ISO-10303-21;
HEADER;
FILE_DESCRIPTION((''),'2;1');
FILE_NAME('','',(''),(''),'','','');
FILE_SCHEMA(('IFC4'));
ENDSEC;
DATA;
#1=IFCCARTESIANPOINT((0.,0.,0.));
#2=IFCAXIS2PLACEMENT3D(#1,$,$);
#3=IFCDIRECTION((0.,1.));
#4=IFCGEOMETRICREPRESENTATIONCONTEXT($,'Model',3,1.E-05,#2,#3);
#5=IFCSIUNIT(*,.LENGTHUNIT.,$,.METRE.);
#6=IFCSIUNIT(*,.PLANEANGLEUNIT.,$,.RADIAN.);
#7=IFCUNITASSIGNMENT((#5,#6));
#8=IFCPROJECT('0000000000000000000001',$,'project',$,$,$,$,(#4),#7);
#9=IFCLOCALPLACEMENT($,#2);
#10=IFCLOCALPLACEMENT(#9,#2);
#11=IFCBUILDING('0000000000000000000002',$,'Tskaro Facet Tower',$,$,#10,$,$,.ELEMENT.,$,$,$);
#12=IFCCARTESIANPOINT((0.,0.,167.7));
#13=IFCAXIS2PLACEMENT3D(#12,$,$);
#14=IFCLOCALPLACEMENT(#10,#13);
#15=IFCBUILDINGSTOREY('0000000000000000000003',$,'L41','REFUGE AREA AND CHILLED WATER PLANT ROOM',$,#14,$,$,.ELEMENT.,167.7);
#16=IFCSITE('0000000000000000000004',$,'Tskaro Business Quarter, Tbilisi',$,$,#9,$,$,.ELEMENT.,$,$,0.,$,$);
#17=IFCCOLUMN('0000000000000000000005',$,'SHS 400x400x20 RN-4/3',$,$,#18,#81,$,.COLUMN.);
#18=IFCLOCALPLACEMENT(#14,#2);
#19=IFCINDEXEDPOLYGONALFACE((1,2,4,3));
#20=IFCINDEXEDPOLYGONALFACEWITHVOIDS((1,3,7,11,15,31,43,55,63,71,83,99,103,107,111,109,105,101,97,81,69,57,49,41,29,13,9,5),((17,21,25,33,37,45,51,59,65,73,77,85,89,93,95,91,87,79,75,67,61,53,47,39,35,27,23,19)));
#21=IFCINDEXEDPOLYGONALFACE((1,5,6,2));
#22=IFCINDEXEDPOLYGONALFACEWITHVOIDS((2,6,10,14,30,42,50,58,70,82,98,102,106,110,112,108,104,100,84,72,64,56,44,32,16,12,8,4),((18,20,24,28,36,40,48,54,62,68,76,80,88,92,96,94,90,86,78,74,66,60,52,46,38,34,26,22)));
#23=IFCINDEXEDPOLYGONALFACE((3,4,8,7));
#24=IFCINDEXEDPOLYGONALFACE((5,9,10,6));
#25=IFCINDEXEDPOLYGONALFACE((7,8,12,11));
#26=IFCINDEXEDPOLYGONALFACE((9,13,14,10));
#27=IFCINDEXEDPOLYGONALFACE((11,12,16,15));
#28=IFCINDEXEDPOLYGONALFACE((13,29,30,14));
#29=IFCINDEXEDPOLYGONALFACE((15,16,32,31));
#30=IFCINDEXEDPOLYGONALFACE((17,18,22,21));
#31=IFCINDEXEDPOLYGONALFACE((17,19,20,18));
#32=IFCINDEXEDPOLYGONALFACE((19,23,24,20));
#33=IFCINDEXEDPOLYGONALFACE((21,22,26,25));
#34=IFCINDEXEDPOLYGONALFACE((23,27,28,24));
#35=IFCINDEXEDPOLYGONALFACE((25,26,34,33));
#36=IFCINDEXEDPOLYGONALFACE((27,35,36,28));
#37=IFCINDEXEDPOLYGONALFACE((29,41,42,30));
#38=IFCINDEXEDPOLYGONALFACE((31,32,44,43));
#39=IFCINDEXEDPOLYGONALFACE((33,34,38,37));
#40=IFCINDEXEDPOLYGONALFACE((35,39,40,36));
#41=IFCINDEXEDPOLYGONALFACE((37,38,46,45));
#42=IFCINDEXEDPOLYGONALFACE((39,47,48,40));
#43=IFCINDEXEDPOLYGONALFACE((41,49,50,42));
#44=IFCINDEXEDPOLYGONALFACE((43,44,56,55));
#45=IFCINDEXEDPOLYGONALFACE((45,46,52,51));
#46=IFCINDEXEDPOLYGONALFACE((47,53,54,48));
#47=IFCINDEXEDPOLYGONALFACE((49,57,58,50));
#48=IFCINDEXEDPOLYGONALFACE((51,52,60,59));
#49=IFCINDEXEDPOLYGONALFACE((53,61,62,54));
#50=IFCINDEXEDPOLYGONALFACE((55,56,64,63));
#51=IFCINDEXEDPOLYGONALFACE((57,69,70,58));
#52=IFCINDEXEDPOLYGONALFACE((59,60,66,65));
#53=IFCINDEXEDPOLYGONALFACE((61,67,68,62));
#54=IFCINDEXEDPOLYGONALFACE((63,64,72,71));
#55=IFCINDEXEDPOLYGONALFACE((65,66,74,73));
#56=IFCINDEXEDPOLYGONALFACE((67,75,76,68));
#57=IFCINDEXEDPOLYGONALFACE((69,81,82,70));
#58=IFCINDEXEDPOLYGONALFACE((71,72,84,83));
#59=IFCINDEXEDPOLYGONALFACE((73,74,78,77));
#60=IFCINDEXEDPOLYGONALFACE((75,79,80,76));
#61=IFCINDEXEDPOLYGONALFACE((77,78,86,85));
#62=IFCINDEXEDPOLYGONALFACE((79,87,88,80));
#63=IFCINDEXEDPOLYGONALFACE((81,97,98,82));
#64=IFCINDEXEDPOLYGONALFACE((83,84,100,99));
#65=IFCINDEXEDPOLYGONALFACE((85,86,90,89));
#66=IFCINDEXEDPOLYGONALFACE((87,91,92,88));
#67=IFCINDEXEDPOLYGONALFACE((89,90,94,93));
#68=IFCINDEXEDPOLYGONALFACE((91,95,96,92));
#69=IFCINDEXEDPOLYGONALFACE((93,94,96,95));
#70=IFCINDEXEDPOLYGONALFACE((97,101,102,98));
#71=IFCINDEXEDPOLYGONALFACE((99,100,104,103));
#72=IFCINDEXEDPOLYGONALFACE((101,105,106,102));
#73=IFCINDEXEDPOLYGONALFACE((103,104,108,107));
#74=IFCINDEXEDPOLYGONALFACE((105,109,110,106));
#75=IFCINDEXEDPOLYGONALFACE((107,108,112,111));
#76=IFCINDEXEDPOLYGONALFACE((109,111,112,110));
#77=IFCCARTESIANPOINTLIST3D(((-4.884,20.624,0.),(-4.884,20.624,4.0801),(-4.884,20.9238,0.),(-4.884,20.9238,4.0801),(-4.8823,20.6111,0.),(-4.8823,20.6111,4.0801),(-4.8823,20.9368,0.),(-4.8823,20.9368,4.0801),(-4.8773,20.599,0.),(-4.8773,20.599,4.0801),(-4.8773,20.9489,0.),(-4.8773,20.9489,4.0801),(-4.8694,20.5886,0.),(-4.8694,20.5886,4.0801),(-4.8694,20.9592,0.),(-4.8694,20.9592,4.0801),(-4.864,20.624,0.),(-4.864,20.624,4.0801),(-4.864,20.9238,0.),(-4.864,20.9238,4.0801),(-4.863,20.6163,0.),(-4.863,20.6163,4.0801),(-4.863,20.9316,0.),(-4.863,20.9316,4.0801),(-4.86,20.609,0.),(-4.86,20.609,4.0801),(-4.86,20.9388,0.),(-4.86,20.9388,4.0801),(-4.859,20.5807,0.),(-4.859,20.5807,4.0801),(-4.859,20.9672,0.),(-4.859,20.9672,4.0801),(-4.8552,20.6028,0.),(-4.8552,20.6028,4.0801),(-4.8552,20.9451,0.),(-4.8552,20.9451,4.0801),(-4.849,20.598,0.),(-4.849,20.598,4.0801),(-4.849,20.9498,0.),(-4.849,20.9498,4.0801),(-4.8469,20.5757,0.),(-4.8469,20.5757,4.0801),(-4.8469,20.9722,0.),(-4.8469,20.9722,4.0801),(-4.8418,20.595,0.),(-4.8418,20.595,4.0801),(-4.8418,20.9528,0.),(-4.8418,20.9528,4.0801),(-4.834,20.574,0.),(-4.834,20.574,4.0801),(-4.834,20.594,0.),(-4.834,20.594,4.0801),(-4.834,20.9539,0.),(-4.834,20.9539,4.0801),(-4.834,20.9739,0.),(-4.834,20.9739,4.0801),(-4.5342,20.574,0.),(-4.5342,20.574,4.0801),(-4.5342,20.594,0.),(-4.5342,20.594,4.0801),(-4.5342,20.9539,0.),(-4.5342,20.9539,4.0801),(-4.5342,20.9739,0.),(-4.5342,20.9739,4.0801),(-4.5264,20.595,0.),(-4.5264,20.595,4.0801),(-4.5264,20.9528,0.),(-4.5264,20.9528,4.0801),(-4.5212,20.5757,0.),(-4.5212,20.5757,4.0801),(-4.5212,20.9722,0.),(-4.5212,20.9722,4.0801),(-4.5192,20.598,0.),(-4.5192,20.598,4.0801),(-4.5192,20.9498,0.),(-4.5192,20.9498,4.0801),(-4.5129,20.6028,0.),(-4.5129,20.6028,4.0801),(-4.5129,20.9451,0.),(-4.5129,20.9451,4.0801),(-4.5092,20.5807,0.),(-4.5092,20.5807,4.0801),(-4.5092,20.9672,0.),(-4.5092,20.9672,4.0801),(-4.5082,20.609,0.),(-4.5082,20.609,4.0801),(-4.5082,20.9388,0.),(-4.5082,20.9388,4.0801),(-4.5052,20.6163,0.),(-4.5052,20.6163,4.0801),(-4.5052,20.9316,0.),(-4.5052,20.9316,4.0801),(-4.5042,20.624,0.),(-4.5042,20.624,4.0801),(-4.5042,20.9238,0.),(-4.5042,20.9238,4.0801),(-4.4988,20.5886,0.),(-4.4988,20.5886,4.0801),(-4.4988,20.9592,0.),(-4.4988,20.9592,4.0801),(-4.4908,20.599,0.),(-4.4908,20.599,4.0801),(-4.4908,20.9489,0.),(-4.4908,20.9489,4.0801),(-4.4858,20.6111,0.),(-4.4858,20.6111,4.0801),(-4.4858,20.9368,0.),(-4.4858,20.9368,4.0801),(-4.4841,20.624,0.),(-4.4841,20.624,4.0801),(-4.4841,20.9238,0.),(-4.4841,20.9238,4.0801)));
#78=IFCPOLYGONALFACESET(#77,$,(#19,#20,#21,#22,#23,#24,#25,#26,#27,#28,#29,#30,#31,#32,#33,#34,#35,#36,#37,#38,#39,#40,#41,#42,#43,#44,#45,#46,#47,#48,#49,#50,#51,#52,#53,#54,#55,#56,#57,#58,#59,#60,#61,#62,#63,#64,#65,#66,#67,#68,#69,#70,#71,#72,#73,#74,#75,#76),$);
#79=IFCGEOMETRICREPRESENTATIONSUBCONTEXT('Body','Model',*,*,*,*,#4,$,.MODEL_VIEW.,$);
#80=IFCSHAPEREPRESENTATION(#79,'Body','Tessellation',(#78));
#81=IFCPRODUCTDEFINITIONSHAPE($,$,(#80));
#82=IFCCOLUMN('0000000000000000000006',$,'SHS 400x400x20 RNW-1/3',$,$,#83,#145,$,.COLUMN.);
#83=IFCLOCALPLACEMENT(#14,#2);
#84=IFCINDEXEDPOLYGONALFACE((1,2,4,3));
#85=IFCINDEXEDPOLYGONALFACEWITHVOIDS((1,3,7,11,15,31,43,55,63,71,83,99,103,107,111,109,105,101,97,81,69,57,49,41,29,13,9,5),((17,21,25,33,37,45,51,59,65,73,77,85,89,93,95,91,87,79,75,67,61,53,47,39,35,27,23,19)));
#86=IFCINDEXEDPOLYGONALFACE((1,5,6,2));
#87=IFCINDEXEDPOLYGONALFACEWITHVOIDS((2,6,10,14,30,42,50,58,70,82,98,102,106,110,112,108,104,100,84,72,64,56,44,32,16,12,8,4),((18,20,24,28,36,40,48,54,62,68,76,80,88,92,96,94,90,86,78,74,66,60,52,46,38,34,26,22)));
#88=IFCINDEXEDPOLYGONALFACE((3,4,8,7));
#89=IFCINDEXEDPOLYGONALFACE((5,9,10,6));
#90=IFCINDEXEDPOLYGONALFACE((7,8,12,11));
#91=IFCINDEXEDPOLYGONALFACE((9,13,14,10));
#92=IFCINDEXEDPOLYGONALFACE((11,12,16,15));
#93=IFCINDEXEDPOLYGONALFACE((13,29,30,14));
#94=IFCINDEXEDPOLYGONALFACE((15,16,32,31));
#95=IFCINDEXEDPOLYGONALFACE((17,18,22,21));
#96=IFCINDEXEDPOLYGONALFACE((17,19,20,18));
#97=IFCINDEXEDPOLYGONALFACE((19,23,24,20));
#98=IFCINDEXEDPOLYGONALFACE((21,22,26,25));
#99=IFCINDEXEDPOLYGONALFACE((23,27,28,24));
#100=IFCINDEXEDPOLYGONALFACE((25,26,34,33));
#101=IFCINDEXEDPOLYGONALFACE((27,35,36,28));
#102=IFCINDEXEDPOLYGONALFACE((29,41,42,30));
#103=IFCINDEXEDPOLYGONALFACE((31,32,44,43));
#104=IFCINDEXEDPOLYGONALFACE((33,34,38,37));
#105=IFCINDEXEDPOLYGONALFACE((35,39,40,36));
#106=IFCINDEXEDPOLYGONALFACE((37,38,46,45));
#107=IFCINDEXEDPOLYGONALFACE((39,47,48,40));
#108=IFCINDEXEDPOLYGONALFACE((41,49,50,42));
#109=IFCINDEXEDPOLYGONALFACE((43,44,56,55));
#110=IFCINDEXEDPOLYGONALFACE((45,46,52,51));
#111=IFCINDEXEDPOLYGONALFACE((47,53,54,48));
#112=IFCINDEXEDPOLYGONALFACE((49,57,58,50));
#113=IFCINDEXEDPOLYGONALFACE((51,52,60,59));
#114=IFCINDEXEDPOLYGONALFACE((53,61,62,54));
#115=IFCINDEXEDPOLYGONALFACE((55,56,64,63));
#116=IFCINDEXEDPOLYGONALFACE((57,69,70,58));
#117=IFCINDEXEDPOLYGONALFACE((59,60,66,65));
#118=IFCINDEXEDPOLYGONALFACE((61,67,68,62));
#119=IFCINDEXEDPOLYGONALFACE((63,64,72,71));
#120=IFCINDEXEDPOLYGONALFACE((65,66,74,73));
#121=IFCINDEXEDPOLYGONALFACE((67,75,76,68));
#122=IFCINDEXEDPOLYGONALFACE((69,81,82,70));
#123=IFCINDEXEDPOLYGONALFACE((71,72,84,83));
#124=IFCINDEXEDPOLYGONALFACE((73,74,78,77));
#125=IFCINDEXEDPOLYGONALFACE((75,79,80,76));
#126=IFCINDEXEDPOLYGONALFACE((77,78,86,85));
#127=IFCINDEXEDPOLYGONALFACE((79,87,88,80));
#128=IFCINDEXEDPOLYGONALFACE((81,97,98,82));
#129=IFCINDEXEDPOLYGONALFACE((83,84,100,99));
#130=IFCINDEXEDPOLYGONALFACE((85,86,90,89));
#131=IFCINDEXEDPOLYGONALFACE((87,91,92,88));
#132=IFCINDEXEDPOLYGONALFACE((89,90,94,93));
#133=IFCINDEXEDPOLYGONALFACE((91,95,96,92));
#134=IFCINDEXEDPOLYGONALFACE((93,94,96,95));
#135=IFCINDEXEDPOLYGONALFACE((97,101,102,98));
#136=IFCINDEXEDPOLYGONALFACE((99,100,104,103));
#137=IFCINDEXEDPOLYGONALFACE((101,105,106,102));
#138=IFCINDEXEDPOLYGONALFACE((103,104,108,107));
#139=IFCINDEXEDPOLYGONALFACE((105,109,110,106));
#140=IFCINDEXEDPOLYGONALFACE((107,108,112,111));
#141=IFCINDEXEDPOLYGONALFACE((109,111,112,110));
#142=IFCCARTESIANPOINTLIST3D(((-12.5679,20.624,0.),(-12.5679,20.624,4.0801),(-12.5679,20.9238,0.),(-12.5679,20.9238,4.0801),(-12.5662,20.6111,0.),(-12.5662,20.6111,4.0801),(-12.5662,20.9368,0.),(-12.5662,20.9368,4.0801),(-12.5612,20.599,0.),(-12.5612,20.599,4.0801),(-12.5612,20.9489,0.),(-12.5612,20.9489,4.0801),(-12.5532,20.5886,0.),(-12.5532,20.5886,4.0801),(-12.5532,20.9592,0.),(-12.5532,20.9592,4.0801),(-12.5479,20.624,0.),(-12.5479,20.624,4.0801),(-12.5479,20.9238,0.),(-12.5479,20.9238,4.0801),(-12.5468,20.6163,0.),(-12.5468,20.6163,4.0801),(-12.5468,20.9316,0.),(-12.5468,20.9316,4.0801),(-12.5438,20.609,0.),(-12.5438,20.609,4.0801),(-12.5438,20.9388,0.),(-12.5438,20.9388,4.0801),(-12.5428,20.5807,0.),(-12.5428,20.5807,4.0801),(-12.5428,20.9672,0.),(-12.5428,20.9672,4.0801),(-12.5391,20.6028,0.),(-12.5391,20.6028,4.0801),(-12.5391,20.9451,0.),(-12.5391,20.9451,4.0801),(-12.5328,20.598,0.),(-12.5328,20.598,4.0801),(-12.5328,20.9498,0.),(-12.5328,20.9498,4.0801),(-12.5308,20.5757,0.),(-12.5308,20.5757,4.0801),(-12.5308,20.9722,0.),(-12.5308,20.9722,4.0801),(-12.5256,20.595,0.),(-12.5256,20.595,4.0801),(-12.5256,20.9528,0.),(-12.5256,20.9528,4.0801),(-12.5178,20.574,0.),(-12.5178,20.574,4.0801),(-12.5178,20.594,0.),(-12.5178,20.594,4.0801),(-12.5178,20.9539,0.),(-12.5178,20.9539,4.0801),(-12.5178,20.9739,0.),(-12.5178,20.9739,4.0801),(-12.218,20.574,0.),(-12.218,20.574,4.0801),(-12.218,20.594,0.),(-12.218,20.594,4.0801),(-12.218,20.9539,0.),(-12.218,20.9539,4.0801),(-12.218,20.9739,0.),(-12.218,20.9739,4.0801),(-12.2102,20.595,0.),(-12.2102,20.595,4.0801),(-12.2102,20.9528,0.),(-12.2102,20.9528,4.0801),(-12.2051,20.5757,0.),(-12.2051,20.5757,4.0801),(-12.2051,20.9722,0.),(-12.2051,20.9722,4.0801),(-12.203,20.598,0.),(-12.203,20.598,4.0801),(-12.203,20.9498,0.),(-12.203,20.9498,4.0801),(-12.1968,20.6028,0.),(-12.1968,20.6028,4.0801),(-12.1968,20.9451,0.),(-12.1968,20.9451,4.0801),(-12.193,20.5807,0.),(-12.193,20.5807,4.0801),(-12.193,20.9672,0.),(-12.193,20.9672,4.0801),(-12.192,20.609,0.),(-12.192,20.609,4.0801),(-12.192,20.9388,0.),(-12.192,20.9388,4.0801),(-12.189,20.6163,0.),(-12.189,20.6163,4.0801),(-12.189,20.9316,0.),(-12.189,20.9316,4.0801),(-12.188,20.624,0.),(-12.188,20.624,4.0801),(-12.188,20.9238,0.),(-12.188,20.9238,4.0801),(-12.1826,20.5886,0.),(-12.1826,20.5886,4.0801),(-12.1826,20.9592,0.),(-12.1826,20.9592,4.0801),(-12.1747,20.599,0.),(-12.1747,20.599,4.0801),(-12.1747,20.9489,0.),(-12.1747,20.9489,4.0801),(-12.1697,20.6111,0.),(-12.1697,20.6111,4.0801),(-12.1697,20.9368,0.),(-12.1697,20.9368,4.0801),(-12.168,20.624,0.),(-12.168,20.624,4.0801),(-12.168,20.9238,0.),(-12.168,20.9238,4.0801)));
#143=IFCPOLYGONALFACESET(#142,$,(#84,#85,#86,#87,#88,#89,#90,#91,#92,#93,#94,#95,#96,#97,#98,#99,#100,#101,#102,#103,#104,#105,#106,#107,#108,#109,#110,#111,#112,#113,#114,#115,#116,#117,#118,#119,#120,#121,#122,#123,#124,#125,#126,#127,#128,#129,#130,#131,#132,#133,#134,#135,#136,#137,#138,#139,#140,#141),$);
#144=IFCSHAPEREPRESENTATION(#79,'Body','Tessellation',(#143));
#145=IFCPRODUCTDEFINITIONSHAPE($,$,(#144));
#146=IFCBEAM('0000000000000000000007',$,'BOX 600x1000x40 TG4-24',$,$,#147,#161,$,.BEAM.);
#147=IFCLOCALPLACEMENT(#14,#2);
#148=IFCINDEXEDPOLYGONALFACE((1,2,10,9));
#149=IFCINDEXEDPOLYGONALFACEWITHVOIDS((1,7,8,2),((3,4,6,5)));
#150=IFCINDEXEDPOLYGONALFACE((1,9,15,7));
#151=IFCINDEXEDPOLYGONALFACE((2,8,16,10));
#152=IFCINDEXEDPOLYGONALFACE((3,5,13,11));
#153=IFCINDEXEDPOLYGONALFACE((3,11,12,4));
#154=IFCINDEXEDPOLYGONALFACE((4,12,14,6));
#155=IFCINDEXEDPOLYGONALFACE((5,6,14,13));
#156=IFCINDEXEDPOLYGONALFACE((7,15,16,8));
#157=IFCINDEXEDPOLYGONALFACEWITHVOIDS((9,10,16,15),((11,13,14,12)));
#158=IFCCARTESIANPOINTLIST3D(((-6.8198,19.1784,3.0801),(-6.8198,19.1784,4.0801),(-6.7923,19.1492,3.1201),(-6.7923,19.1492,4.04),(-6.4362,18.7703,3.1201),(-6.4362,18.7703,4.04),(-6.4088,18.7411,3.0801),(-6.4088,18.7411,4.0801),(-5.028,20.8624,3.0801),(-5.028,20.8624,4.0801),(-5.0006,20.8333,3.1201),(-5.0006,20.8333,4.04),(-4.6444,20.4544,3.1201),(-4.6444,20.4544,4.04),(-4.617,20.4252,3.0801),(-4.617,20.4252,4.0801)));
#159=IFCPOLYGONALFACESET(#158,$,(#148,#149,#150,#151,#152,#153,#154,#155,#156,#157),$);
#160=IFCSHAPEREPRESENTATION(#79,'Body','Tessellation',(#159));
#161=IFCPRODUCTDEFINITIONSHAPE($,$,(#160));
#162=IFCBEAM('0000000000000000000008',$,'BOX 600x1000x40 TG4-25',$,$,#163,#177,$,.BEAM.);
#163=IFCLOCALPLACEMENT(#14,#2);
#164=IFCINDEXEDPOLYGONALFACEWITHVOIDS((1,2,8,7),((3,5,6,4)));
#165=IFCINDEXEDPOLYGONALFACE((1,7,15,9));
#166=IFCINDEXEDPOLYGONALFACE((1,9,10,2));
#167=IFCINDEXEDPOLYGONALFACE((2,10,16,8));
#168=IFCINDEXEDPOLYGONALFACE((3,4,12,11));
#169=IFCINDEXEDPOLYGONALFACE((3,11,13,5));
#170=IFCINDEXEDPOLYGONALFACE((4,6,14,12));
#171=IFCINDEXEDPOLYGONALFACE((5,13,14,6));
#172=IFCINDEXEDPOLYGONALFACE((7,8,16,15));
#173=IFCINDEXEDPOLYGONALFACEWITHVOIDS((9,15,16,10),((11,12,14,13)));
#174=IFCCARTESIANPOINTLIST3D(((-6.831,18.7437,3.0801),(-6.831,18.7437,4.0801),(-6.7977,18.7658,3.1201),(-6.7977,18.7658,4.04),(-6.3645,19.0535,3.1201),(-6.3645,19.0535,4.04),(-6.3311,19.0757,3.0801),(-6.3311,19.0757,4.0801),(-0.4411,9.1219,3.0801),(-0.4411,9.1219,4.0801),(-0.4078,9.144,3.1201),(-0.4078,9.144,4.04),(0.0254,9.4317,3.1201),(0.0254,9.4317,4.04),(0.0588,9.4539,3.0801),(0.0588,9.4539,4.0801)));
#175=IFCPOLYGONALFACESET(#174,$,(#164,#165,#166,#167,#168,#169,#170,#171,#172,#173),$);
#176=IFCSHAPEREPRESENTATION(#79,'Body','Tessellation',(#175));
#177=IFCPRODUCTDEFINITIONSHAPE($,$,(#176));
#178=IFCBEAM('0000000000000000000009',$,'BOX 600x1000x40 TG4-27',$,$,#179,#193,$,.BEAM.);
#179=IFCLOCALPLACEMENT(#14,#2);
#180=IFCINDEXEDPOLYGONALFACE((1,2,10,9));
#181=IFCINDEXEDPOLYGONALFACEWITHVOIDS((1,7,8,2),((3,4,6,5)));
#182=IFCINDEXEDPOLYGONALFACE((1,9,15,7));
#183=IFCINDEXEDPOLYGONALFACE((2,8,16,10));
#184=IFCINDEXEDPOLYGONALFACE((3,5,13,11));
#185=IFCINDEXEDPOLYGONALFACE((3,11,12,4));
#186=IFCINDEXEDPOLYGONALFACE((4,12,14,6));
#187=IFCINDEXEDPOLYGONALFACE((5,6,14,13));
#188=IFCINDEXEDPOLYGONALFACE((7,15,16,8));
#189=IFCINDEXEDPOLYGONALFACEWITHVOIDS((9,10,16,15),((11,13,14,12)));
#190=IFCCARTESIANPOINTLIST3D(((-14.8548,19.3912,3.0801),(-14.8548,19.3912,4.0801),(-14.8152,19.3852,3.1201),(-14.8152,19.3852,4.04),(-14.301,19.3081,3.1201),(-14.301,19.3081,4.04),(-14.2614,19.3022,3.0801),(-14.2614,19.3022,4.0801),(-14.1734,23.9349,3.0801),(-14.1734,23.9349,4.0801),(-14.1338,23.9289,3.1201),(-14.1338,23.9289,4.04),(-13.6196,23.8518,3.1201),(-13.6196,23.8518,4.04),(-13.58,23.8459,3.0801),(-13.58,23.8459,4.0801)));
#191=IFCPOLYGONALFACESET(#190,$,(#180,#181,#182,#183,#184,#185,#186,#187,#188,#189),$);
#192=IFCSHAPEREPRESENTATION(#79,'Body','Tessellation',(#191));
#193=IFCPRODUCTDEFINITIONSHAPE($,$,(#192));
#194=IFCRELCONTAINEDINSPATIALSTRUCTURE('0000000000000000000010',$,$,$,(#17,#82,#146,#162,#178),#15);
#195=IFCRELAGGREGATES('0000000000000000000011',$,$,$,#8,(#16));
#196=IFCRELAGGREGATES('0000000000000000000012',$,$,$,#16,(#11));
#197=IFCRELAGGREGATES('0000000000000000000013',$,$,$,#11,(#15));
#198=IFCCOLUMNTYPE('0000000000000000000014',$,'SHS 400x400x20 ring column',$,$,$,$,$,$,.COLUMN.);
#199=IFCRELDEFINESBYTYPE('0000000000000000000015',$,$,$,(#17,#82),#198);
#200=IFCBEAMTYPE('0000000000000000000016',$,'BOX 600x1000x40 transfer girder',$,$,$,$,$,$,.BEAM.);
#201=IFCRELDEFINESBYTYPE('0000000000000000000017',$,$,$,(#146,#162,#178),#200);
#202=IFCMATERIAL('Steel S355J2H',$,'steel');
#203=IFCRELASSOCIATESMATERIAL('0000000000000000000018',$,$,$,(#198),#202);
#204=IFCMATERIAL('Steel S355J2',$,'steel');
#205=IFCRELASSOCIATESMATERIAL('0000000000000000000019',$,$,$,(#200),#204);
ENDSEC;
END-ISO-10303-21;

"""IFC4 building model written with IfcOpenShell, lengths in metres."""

from ifc_helpers import new_model, si_unit, direction, frame, origin, origin_2d, place, context, subcontext, project, spatial, hollow_rectangle, extrude, material, material_profile, profile_set, type_object, element, save


model = new_model("IFC4")

# Units and contexts
model_context = context("Model", 3, precision=1e-05, world=origin(), true_north=direction((0.0, 1.0)))
body_context = subcontext(model_context, "Body", "Model", "MODEL_VIEW")
ifc_project = project(units=[si_unit("LENGTHUNIT", "METRE"), si_unit("PLANEANGLEUNIT", "RADIAN")], contexts=[model_context])

# Site, building, storey
site_placement = place(None, origin())
site = spatial("IfcSite", under=ifc_project, at=site_placement, Name="Tskaro Business Quarter, Tbilisi", CompositionType="ELEMENT", RefElevation=0.0)
building_placement = place(site_placement, origin())
building = spatial("IfcBuilding", under=site, at=building_placement, Name="Tskaro Facet Tower", CompositionType="ELEMENT")
storey_placement = place(building_placement, frame((0.0, 0.0, 167.7)))
storey = spatial("IfcBuildingStorey", under=building, at=storey_placement, Name="L41", Description="REFUGE AREA AND CHILLED WATER PLANT ROOM", CompositionType="ELEMENT", Elevation=167.7)

# Columns
ifc_material_1 = material(Name="Steel S355J2H", Category="steel")
ifc_material_profile_1 = material_profile(ifc_material_1, hollow_rectangle(XDim=0.3999, YDim=0.3999, WallThickness=0.02, InnerFilletRadius=0.03, OuterFilletRadius=0.05, at=origin_2d()), Name="SHS 400x400x20")
ifc_profile_set_1 = profile_set([ifc_material_profile_1], Name="Steel S355J2H")
column_type_1 = type_object("IfcColumnType", Name="SHS 400x400x20 ring column", PredefinedType="COLUMN", material=ifc_profile_set_1)
for number, where, z_axis, x_axis, name in (
    (1, (-4.6841, 20.7739, 0.0), (0.0, 0.0, 1.0), (1.0, 0.0, 0.0), "SHS 400x400x20 RN-4/3"),
    (2, (-12.3679, 20.7739, 0.0), (0.0, 0.0, 1.0), (1.0, 0.0, 0.0), "SHS 400x400x20 RNW-1/3"),
):
    element("IfcColumn", number, at=place(storey_placement, frame(where, z_axis=z_axis, x_axis=x_axis)), inside=storey, type_object=column_type_1, Name=name, PredefinedType="COLUMN", context=body_context, shape_type="SweptSolid", body=[
        extrude(hollow_rectangle(XDim=0.3999, YDim=0.3999, WallThickness=0.02, InnerFilletRadius=0.03, OuterFilletRadius=0.05, at=origin_2d()), origin(), (0.0, 0.0, 1.0), 4.0801),
    ])

# Beams
ifc_material_2 = material(Name="Steel S355J2", Category="steel")
ifc_material_profile_2 = material_profile(ifc_material_2, hollow_rectangle(XDim=0.6001, YDim=1.0, WallThickness=0.04, at=origin_2d()), Name="BOX 600x1000x40")
ifc_profile_set_2 = profile_set([ifc_material_profile_2], Name="Steel S355J2")
beam_type_1 = type_object("IfcBeamType", Name="BOX 600x1000x40 transfer girder", PredefinedType="BEAM", material=ifc_profile_set_2)
beam_1_placement = place(storey_placement, frame((-6.6143, 18.9597, 3.5801), z_axis=(0.72866, 0.684875, 0.0), x_axis=(-0.684875, 0.72866, 0.0)))
element("IfcBeam", 3, at=beam_1_placement, inside=storey, type_object=beam_type_1, Name="BOX 600x1000x40 TG4-24", PredefinedType="BEAM", context=body_context, shape_type="SweptSolid", body=[
    extrude(hollow_rectangle(XDim=0.6001, YDim=1.0, WallThickness=0.04, at=origin_2d()), origin(), (0.0, 0.0, 1.0), 2.459),
])
beam_2_placement = place(storey_placement, frame((-6.5811, 18.9097, 3.5801), z_axis=(0.553221, -0.833034, 0.0), x_axis=(0.833034, 0.553221, 0.0)))
element("IfcBeam", 4, at=beam_2_placement, inside=storey, type_object=beam_type_1, Name="BOX 600x1000x40 TG4-25", PredefinedType="BEAM", context=body_context, shape_type="SweptSolid", body=[
    extrude(hollow_rectangle(XDim=0.6001, YDim=1.0, WallThickness=0.04, at=origin_2d()), origin(), (0.0, 0.0, 1.0), 11.5503),
])
beam_3_placement = place(storey_placement, frame((-14.5581, 19.3467, 3.5801), z_axis=(0.148307, 0.988941, 0.0), x_axis=(-0.988941, 0.148307, 0.0)))
element("IfcBeam", 5, at=beam_3_placement, inside=storey, type_object=beam_type_1, Name="BOX 600x1000x40 TG4-27", PredefinedType="BEAM", context=body_context, shape_type="SweptSolid", body=[
    extrude(hollow_rectangle(XDim=0.6001, YDim=1.0, WallThickness=0.04, at=origin_2d()), origin(), (0.0, 0.0, 1.0), 4.5945),
])

save(model, "model.ifc")
